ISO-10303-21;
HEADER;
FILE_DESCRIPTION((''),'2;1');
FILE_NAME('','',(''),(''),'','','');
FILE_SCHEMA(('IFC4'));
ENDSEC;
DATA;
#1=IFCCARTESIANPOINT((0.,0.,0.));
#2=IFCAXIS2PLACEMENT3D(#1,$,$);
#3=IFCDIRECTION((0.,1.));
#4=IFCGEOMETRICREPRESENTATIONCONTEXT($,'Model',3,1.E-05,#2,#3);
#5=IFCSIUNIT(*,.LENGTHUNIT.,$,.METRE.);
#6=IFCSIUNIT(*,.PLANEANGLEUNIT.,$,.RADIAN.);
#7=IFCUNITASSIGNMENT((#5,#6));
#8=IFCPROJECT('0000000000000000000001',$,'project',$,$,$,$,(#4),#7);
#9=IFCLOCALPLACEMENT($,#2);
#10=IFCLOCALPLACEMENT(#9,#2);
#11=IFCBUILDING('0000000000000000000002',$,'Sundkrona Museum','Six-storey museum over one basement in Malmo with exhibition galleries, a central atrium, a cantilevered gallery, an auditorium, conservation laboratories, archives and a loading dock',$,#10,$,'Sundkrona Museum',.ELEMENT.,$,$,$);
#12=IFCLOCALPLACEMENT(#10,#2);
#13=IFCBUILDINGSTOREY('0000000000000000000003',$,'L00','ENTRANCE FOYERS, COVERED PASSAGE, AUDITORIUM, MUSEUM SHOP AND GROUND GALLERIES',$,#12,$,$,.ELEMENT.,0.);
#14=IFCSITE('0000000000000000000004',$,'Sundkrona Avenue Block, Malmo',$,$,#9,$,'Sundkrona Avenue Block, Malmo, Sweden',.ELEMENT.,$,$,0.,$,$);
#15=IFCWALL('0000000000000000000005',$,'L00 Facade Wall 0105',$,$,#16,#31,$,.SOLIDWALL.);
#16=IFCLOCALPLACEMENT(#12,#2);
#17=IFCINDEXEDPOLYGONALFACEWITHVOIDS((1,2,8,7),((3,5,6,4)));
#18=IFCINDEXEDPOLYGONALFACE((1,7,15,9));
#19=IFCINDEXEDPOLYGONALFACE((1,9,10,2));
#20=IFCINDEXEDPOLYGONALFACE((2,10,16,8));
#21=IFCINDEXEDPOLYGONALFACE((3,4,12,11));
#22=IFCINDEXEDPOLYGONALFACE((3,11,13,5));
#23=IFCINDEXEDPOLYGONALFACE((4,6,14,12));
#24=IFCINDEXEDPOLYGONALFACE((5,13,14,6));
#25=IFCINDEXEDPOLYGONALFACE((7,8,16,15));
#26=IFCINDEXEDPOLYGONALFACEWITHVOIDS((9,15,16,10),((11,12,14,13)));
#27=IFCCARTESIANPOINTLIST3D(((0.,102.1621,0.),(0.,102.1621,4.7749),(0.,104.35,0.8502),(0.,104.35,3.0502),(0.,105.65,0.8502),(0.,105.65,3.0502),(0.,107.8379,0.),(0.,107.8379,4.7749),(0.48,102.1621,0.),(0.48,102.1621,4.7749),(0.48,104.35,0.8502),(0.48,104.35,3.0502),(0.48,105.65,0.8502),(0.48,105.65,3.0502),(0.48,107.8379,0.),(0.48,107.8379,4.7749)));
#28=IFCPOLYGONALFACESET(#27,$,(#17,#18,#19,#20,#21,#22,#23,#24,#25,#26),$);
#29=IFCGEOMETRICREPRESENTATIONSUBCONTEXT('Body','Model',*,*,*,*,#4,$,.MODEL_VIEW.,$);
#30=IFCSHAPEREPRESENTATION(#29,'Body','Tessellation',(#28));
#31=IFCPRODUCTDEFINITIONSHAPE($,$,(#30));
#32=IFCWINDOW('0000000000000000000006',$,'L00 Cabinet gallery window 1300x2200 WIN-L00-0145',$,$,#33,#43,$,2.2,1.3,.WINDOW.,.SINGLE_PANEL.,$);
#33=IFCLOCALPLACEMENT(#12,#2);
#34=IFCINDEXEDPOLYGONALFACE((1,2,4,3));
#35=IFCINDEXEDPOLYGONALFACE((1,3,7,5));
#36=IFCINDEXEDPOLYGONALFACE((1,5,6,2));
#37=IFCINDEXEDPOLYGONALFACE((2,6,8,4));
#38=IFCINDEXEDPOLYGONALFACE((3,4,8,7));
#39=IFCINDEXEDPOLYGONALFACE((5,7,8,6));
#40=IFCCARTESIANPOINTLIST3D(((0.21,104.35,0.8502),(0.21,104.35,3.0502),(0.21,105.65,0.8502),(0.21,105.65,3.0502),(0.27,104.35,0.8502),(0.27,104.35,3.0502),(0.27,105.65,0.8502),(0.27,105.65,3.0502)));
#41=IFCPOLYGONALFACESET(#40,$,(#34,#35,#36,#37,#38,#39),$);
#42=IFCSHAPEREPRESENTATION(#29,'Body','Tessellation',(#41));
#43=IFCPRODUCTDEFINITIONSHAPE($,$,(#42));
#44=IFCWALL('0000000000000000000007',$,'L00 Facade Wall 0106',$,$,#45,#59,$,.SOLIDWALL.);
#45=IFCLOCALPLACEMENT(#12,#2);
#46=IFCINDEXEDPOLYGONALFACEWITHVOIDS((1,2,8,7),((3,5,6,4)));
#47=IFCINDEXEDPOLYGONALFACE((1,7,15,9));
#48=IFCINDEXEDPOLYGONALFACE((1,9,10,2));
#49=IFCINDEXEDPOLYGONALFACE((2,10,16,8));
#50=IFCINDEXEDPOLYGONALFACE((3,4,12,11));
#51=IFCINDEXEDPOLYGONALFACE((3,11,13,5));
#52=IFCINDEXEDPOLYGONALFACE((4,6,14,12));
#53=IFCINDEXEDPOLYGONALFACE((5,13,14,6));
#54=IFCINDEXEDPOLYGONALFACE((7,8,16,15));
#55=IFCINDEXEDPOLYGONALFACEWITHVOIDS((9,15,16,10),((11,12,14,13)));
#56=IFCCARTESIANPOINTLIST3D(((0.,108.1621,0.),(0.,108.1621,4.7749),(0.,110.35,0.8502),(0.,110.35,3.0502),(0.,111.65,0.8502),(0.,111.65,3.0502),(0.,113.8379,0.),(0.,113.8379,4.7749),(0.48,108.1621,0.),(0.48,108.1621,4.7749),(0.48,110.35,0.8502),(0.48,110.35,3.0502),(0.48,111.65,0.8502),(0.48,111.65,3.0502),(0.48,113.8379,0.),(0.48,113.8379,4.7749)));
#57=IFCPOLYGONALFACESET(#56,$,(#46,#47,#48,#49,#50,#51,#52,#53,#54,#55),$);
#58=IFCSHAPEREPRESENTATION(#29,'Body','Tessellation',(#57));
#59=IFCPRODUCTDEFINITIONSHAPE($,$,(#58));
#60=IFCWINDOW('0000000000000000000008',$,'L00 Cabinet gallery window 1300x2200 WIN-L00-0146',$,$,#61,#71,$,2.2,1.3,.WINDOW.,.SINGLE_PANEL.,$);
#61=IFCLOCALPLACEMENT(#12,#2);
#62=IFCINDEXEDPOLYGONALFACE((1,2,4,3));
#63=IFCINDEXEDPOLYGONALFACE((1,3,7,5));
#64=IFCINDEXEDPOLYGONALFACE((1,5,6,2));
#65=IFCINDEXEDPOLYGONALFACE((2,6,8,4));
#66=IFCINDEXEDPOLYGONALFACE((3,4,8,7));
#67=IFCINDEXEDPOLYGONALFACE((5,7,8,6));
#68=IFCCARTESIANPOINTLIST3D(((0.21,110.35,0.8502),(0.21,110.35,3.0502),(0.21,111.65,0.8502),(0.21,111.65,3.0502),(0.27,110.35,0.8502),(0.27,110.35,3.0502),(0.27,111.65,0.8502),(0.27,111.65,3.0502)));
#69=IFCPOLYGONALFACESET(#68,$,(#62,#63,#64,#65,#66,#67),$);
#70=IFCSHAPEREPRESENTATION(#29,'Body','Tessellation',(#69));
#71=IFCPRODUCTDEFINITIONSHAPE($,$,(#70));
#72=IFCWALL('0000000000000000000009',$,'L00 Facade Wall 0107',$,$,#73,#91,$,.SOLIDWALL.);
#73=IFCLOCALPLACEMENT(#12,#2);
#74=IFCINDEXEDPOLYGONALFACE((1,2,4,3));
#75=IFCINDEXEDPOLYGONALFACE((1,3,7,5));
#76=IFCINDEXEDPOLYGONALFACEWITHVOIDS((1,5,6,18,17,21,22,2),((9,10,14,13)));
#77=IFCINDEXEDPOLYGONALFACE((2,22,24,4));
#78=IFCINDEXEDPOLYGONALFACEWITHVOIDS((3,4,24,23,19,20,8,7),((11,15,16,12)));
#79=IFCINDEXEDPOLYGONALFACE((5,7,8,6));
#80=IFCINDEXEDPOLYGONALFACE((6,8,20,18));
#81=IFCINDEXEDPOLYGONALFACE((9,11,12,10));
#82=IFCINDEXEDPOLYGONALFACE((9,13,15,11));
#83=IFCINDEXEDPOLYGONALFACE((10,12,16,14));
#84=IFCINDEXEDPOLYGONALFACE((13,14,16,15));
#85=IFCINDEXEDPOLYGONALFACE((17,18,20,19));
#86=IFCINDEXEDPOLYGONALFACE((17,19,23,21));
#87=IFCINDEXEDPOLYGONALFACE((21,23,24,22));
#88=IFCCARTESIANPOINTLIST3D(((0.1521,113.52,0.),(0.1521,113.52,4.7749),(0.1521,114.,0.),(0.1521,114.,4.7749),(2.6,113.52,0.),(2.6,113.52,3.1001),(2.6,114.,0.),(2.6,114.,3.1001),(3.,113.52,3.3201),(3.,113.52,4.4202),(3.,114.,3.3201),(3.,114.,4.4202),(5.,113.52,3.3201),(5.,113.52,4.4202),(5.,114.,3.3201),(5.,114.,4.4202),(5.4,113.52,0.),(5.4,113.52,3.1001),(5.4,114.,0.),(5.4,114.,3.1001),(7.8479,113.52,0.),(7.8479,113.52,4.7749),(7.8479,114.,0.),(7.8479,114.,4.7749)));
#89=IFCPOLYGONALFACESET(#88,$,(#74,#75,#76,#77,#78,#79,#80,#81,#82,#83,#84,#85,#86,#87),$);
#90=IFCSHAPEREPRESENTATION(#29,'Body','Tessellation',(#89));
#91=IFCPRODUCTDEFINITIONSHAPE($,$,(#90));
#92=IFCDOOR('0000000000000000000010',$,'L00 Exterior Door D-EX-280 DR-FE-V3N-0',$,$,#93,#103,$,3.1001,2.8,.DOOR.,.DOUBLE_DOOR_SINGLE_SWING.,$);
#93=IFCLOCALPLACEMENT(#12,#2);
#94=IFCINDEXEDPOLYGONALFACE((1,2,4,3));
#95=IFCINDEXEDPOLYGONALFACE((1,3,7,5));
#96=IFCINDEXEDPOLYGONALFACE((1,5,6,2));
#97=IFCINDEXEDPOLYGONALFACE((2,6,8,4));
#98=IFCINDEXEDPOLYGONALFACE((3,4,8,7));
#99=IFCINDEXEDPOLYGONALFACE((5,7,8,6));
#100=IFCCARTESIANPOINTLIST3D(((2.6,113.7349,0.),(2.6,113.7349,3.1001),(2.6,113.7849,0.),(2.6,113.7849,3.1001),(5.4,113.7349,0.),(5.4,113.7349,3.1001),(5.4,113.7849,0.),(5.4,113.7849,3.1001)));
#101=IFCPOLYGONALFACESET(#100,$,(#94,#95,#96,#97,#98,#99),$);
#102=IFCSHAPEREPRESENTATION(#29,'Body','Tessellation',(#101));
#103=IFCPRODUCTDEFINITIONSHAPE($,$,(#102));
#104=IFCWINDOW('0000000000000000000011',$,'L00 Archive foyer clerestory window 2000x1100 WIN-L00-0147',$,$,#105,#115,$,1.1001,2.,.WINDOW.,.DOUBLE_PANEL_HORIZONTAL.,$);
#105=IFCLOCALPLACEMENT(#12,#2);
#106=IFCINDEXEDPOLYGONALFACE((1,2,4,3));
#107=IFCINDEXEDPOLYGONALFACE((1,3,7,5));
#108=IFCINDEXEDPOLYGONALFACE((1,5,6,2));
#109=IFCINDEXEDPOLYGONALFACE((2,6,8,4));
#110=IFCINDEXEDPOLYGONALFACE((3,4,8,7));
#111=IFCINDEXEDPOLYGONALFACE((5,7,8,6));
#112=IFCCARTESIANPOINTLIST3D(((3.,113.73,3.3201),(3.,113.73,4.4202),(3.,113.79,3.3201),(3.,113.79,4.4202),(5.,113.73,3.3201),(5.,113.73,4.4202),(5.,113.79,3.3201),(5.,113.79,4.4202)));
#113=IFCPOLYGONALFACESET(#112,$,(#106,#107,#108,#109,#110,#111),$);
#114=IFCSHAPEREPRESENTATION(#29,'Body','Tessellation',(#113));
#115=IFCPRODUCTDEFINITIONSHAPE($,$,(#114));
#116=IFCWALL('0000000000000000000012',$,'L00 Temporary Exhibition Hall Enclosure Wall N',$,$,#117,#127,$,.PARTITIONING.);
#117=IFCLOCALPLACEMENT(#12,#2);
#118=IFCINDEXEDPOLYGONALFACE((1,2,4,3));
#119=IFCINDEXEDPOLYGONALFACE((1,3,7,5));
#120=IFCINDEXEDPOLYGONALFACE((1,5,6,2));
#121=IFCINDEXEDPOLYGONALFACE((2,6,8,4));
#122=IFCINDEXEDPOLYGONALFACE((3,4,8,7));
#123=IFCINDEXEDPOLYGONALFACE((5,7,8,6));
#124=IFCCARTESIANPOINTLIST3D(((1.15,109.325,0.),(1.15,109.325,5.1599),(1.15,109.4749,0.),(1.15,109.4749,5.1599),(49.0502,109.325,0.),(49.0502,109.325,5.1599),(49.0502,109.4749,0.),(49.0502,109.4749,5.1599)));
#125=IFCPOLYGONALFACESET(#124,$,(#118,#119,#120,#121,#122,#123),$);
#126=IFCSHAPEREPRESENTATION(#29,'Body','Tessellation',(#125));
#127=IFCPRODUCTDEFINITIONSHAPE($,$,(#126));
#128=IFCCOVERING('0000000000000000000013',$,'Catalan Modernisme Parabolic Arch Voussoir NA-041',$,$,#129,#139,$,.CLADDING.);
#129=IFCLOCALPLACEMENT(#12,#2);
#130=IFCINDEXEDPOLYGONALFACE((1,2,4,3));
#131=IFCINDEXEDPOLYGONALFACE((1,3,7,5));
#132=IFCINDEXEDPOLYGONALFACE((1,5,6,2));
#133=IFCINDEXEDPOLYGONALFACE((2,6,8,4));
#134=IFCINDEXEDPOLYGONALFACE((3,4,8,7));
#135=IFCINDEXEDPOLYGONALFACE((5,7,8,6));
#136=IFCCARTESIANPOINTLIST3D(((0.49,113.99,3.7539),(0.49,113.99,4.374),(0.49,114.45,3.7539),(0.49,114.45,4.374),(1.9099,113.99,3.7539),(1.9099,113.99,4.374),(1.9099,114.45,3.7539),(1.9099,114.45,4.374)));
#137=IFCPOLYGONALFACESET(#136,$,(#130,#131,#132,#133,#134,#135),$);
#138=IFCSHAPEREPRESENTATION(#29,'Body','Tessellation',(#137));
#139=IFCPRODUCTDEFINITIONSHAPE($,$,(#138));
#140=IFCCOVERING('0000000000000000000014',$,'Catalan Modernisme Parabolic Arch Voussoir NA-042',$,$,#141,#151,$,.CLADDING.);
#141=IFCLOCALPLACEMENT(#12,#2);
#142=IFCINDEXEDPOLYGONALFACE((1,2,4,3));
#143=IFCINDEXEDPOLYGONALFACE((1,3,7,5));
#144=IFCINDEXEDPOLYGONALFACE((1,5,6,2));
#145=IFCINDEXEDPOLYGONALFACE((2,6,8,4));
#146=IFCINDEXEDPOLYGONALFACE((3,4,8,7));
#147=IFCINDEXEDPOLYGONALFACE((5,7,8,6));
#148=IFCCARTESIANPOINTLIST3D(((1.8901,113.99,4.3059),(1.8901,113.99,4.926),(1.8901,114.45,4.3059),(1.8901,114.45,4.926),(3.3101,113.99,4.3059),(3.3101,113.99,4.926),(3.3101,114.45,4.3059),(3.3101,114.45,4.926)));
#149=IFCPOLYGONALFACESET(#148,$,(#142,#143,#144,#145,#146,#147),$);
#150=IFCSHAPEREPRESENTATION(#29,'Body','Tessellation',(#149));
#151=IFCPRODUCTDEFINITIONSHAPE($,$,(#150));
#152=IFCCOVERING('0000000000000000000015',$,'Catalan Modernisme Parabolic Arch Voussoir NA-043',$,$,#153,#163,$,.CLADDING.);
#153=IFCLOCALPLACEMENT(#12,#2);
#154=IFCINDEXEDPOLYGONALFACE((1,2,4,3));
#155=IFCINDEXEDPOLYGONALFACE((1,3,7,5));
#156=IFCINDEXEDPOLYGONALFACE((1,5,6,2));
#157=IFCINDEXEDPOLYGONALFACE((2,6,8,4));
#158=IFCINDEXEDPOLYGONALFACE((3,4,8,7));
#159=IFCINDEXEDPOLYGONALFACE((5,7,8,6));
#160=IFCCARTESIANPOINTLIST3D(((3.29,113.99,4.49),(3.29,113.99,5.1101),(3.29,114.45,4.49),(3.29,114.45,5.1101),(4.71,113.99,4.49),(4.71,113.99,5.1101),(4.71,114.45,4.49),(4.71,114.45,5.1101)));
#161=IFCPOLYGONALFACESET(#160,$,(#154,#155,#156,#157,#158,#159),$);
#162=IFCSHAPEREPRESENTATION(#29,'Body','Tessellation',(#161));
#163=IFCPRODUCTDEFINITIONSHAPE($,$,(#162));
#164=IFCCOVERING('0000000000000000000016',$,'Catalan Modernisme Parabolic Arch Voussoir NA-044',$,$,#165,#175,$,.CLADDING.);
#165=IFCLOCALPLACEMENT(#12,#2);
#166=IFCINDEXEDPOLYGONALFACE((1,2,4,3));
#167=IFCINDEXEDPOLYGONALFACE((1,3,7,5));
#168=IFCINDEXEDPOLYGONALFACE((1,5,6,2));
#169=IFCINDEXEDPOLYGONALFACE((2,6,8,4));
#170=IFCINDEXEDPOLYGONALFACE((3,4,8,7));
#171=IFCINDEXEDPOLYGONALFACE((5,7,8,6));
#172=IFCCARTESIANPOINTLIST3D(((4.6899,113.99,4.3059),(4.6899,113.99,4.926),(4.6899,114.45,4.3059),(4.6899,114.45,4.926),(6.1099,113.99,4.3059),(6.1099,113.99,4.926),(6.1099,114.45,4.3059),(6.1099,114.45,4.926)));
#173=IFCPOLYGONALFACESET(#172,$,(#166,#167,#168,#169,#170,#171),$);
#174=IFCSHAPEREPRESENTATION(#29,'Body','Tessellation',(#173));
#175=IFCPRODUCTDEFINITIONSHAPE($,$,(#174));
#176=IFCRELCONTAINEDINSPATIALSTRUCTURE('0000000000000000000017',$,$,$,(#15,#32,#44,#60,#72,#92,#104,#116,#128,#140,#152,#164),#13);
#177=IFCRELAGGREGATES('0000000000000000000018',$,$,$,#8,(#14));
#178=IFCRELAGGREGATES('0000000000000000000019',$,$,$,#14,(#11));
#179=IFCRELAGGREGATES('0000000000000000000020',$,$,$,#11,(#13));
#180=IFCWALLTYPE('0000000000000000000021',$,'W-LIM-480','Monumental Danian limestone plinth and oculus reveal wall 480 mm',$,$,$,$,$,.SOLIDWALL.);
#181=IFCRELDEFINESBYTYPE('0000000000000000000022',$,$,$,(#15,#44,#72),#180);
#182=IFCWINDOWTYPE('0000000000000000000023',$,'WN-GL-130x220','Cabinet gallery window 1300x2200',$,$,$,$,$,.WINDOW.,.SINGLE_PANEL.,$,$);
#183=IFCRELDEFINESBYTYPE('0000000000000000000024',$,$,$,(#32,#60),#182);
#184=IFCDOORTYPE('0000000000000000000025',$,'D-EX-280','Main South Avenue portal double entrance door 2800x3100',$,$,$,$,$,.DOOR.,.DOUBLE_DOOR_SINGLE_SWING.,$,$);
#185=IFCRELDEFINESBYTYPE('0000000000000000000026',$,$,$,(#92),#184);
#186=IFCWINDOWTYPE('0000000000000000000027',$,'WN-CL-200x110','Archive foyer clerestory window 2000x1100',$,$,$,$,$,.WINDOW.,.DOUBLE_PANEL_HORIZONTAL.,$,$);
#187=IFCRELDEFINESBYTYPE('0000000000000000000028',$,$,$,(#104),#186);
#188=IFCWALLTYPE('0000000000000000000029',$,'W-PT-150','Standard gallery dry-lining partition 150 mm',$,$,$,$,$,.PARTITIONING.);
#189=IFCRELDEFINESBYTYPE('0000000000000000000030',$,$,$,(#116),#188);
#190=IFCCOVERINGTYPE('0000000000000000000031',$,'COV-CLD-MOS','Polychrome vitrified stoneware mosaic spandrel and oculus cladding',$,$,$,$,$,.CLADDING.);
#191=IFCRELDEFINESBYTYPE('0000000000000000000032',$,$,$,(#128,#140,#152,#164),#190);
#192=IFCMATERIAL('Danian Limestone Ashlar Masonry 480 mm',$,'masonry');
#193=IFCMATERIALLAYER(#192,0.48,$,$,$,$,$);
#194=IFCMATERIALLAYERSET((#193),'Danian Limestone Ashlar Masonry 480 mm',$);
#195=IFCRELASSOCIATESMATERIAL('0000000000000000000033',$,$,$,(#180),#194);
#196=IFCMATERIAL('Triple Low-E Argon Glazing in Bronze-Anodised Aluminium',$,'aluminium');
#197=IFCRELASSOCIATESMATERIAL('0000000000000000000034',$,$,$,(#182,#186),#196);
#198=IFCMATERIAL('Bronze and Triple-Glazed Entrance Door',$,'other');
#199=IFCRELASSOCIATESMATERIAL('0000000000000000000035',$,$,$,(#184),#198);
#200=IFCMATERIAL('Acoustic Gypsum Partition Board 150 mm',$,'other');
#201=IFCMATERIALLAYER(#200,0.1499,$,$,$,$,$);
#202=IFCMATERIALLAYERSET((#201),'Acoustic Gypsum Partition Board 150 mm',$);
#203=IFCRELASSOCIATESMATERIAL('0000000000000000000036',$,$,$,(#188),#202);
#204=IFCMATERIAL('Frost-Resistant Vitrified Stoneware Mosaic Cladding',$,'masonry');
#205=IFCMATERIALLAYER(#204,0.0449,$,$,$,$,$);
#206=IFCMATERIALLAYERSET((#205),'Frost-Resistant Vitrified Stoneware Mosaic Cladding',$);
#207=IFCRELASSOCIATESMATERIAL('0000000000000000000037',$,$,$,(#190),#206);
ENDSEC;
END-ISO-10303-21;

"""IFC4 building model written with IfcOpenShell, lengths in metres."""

from ifc_helpers import new_model, si_unit, direction, frame, frame_2d, origin, origin_2d, place, context, subcontext, project, spatial, rectangle, extrude, material, layer, layer_set, type_object, element, fill, save


model = new_model("IFC4")

# Units and contexts
model_context = context("Model", 3, precision=1e-05, world=origin(), true_north=direction((0.0, 1.0)))
body_context = subcontext(model_context, "Body", "Model", "MODEL_VIEW")
ifc_project = project(units=[si_unit("LENGTHUNIT", "METRE"), si_unit("PLANEANGLEUNIT", "RADIAN")], contexts=[model_context])

# Site, building, storey
site_placement = place(None, origin())
site = spatial("IfcSite", under=ifc_project, at=site_placement, Name="Sundkrona Avenue Block, Malmo", LongName="Sundkrona Avenue Block, Malmo, Sweden", CompositionType="ELEMENT", RefElevation=0.0)
building_placement = place(site_placement, origin())
building = spatial("IfcBuilding", under=site, at=building_placement, Name="Sundkrona Museum", Description="Six-storey museum over one basement in Malmo with exhibition galleries, a central atrium, a cantilevered gallery, an auditorium, conservation laboratories, archives and a loading dock", LongName="Sundkrona Museum", CompositionType="ELEMENT")
storey_placement = place(building_placement, origin())
storey = spatial("IfcBuildingStorey", under=building, at=storey_placement, Name="L00", Description="ENTRANCE FOYERS, COVERED PASSAGE, AUDITORIUM, MUSEUM SHOP AND GROUND GALLERIES", CompositionType="ELEMENT", Elevation=0.0)

# Walls, openings, windows
ifc_material_1 = material(Name="Danian Limestone Ashlar Masonry 480 mm", Category="masonry")
ifc_layer_1 = layer(ifc_material_1, 0.48)
ifc_layer_set_1 = layer_set([ifc_layer_1], Name="Danian Limestone Ashlar Masonry 480 mm")
wall_type_1 = type_object("IfcWallType", Name="W-LIM-480", Description="Monumental Danian limestone plinth and oculus reveal wall 480 mm", PredefinedType="SOLIDWALL", material=ifc_layer_set_1)
wall_1_placement = place(storey_placement, frame((0.24, 102.1621, 0.0), z_axis=(0.0, 0.0, 1.0), x_axis=(0.0, 1.0, 0.0)))
wall_1 = element("IfcWall", 1, at=wall_1_placement, inside=storey, type_object=wall_type_1, Name="L00 Facade Wall 0105", PredefinedType="SOLIDWALL", context=body_context, shape_type="SweptSolid", body=[
    extrude(rectangle(XDim=5.6758, YDim=0.48, at=frame_2d((2.8379, 0.0))), origin(), (0.0, 0.0, 1.0), 4.7749),
])
opening_1_placement = place(wall_1_placement, frame((2.188, 0.0, 0.8501)))
opening_1 = element("IfcOpeningElement", 2, at=opening_1_placement, cuts=wall_1, PredefinedType="OPENING", context=body_context, shape_type="SweptSolid", body=[
    extrude(rectangle(XDim=1.3, YDim=2.2, at=frame_2d((0.6499, 1.1001))), frame((0.0, 0.25, 0.0), z_axis=(0.0, -1.0, 0.0), x_axis=(1.0, 0.0, 0.0)), (0.0, 0.0, 1.0), 0.5),
])
ifc_material_2 = material(Name="Triple Low-E Argon Glazing in Bronze-Anodised Aluminium", Category="aluminium")
window_type_1 = type_object("IfcWindowType", Name="WN-GL-130x220", Description="Cabinet gallery window 1300x2200", PartitioningType="SINGLE_PANEL", PredefinedType="WINDOW", material=ifc_material_2)
window_1_placement = place(opening_1_placement, origin())
window_1 = element("IfcWindow", 3, at=window_1_placement, inside=storey, type_object=window_type_1, Name="L00 Cabinet gallery window 1300x2200 WIN-L00-0145", OverallHeight=2.2, OverallWidth=1.3, PartitioningType="SINGLE_PANEL", PredefinedType="WINDOW", context=body_context, shape_type="SweptSolid", body=[
    extrude(rectangle(XDim=1.3, YDim=2.2, at=frame_2d((0.6499, 1.1001))), frame((0.0, 0.03, 0.0), z_axis=(0.0, -1.0, 0.0), x_axis=(1.0, 0.0, 0.0)), (0.0, 0.0, 1.0), 0.0601),
])
fill(opening_1, window_1)
wall_2_placement = place(storey_placement, frame((0.24, 108.1621, 0.0), z_axis=(0.0, 0.0, 1.0), x_axis=(0.0, 1.0, 0.0)))
wall_2 = element("IfcWall", 4, at=wall_2_placement, inside=storey, type_object=wall_type_1, Name="L00 Facade Wall 0106", PredefinedType="SOLIDWALL", context=body_context, shape_type="SweptSolid", body=[
    extrude(rectangle(XDim=5.6758, YDim=0.48, at=frame_2d((2.8379, 0.0))), origin(), (0.0, 0.0, 1.0), 4.7749),
])
opening_2_placement = place(wall_2_placement, frame((2.188, 0.0, 0.8501)))
opening_2 = element("IfcOpeningElement", 5, at=opening_2_placement, cuts=wall_2, PredefinedType="OPENING", context=body_context, shape_type="SweptSolid", body=[
    extrude(rectangle(XDim=1.3, YDim=2.2, at=frame_2d((0.6499, 1.1001))), frame((0.0, 0.25, 0.0), z_axis=(0.0, -1.0, 0.0), x_axis=(1.0, 0.0, 0.0)), (0.0, 0.0, 1.0), 0.5),
])
window_2_placement = place(opening_2_placement, origin())
window_2 = element("IfcWindow", 6, at=window_2_placement, inside=storey, type_object=window_type_1, Name="L00 Cabinet gallery window 1300x2200 WIN-L00-0146", OverallHeight=2.2, OverallWidth=1.3, PartitioningType="SINGLE_PANEL", PredefinedType="WINDOW", context=body_context, shape_type="SweptSolid", body=[
    extrude(rectangle(XDim=1.3, YDim=2.2, at=frame_2d((0.6499, 1.1001))), frame((0.0, 0.03, 0.0), z_axis=(0.0, -1.0, 0.0), x_axis=(1.0, 0.0, 0.0)), (0.0, 0.0, 1.0), 0.0601),
])
fill(opening_2, window_2)

# Wall, openings, door, window
wall_3_placement = place(storey_placement, frame((0.1521, 113.76, 0.0), z_axis=(0.0, 0.0, 1.0), x_axis=(1.0, 0.0, 0.0)))
wall_3 = element("IfcWall", 7, at=wall_3_placement, inside=storey, type_object=wall_type_1, Name="L00 Facade Wall 0107", PredefinedType="SOLIDWALL", context=body_context, shape_type="SweptSolid", body=[
    extrude(rectangle(XDim=7.6958, YDim=0.48, at=frame_2d((3.8479, 0.0))), origin(), (0.0, 0.0, 1.0), 4.7749),
])
opening_3_placement = place(wall_3_placement, frame((2.448, 0.0, 0.0)))
opening_3 = element("IfcOpeningElement", 8, at=opening_3_placement, cuts=wall_3, PredefinedType="OPENING", context=body_context, shape_type="SweptSolid", body=[
    extrude(rectangle(XDim=2.8, YDim=3.1001, at=frame_2d((1.3999, 1.55))), frame((0.0, 0.25, 0.0), z_axis=(0.0, -1.0, 0.0), x_axis=(1.0, 0.0, 0.0)), (0.0, 0.0, 1.0), 0.5),
])
opening_4_placement = place(wall_3_placement, frame((2.8479, 0.0, 3.3201)))
opening_4 = element("IfcOpeningElement", 9, at=opening_4_placement, cuts=wall_3, PredefinedType="OPENING", context=body_context, shape_type="SweptSolid", body=[
    extrude(rectangle(XDim=2.0, YDim=1.1001, at=frame_2d((1.0, 0.55))), frame((0.0, 0.25, 0.0), z_axis=(0.0, -1.0, 0.0), x_axis=(1.0, 0.0, 0.0)), (0.0, 0.0, 1.0), 0.5),
])
ifc_material_3 = material(Name="Bronze and Triple-Glazed Entrance Door", Category="other")
door_type = type_object("IfcDoorType", Name="D-EX-280", Description="Main South Avenue portal double entrance door 2800x3100", OperationType="DOUBLE_DOOR_SINGLE_SWING", PredefinedType="DOOR", material=ifc_material_3)
door_placement = place(opening_3_placement, origin())
door = element("IfcDoor", 10, at=door_placement, inside=storey, type_object=door_type, Name="L00 Exterior Door D-EX-280 DR-FE-V3N-0", OperationType="DOUBLE_DOOR_SINGLE_SWING", OverallHeight=3.1001, OverallWidth=2.8, PredefinedType="DOOR", context=body_context, shape_type="SweptSolid", body=[
    extrude(rectangle(XDim=2.8, YDim=3.1001, at=frame_2d((1.3999, 1.55))), frame((0.0, 0.0249, 0.0), z_axis=(0.0, -1.0, 0.0), x_axis=(1.0, 0.0, 0.0)), (0.0, 0.0, 1.0), 0.05),
])
fill(opening_3, door)
window_type_2 = type_object("IfcWindowType", Name="WN-CL-200x110", Description="Archive foyer clerestory window 2000x1100", PartitioningType="DOUBLE_PANEL_HORIZONTAL", PredefinedType="WINDOW", material=ifc_material_2)
window_3_placement = place(opening_4_placement, origin())
window_3 = element("IfcWindow", 11, at=window_3_placement, inside=storey, type_object=window_type_2, Name="L00 Archive foyer clerestory window 2000x1100 WIN-L00-0147", OverallHeight=1.1001, OverallWidth=2.0, PartitioningType="DOUBLE_PANEL_HORIZONTAL", PredefinedType="WINDOW", context=body_context, shape_type="SweptSolid", body=[
    extrude(rectangle(XDim=2.0, YDim=1.1001, at=frame_2d((1.0, 0.55))), frame((0.0, 0.03, 0.0), z_axis=(0.0, -1.0, 0.0), x_axis=(1.0, 0.0, 0.0)), (0.0, 0.0, 1.0), 0.0601),
])
fill(opening_4, window_3)

# Wall
ifc_material_4 = material(Name="Acoustic Gypsum Partition Board 150 mm", Category="other")
ifc_layer_2 = layer(ifc_material_4, 0.1499)
ifc_layer_set_2 = layer_set([ifc_layer_2], Name="Acoustic Gypsum Partition Board 150 mm")
wall_type_2 = type_object("IfcWallType", Name="W-PT-150", Description="Standard gallery dry-lining partition 150 mm", PredefinedType="PARTITIONING", material=ifc_layer_set_2)
wall_4_placement = place(storey_placement, frame((1.1499, 109.3999, 0.0), z_axis=(0.0, 0.0, 1.0), x_axis=(1.0, 0.0, 0.0)))
element("IfcWall", 12, at=wall_4_placement, inside=storey, type_object=wall_type_2, Name="L00 Temporary Exhibition Hall Enclosure Wall N", PredefinedType="PARTITIONING", context=body_context, shape_type="SweptSolid", body=[
    extrude(rectangle(XDim=47.9001, YDim=0.1499, at=frame_2d((23.9502, 0.0))), origin(), (0.0, 0.0, 1.0), 5.1599),
])

# Coverings
ifc_material_5 = material(Name="Frost-Resistant Vitrified Stoneware Mosaic Cladding", Category="masonry")
ifc_layer_3 = layer(ifc_material_5, 0.0449)
ifc_layer_set_3 = layer_set([ifc_layer_3], Name="Frost-Resistant Vitrified Stoneware Mosaic Cladding")
covering_type = type_object("IfcCoveringType", Name="COV-CLD-MOS", Description="Polychrome vitrified stoneware mosaic spandrel and oculus cladding", PredefinedType="CLADDING", material=ifc_layer_set_3)
for number, where, z_axis, x_axis, name in (
    (13, (1.2, 114.22, 3.7539), (0.0, 0.0, 1.0), (1.0, 0.0, 0.0), "Catalan Modernisme Parabolic Arch Voussoir NA-041"),
    (14, (2.6001, 114.22, 4.3059), (0.0, 0.0, 1.0), (1.0, 0.0, 0.0), "Catalan Modernisme Parabolic Arch Voussoir NA-042"),
    (15, (4.0, 114.22, 4.49), (0.0, 0.0, 1.0), (1.0, 0.0, 0.0), "Catalan Modernisme Parabolic Arch Voussoir NA-043"),
    (16, (5.3999, 114.22, 4.3059), (0.0, 0.0, 1.0), (1.0, 0.0, 0.0), "Catalan Modernisme Parabolic Arch Voussoir NA-044"),
):
    element("IfcCovering", number, at=place(storey_placement, frame(where, z_axis=z_axis, x_axis=x_axis)), inside=storey, type_object=covering_type, Name=name, PredefinedType="CLADDING", context=body_context, shape_type="SweptSolid", body=[
        extrude(rectangle(XDim=1.4199, YDim=0.46, at=origin_2d()), origin(), (0.0, 0.0, 1.0), 0.6201),
    ])

save(model, "model.ifc")
